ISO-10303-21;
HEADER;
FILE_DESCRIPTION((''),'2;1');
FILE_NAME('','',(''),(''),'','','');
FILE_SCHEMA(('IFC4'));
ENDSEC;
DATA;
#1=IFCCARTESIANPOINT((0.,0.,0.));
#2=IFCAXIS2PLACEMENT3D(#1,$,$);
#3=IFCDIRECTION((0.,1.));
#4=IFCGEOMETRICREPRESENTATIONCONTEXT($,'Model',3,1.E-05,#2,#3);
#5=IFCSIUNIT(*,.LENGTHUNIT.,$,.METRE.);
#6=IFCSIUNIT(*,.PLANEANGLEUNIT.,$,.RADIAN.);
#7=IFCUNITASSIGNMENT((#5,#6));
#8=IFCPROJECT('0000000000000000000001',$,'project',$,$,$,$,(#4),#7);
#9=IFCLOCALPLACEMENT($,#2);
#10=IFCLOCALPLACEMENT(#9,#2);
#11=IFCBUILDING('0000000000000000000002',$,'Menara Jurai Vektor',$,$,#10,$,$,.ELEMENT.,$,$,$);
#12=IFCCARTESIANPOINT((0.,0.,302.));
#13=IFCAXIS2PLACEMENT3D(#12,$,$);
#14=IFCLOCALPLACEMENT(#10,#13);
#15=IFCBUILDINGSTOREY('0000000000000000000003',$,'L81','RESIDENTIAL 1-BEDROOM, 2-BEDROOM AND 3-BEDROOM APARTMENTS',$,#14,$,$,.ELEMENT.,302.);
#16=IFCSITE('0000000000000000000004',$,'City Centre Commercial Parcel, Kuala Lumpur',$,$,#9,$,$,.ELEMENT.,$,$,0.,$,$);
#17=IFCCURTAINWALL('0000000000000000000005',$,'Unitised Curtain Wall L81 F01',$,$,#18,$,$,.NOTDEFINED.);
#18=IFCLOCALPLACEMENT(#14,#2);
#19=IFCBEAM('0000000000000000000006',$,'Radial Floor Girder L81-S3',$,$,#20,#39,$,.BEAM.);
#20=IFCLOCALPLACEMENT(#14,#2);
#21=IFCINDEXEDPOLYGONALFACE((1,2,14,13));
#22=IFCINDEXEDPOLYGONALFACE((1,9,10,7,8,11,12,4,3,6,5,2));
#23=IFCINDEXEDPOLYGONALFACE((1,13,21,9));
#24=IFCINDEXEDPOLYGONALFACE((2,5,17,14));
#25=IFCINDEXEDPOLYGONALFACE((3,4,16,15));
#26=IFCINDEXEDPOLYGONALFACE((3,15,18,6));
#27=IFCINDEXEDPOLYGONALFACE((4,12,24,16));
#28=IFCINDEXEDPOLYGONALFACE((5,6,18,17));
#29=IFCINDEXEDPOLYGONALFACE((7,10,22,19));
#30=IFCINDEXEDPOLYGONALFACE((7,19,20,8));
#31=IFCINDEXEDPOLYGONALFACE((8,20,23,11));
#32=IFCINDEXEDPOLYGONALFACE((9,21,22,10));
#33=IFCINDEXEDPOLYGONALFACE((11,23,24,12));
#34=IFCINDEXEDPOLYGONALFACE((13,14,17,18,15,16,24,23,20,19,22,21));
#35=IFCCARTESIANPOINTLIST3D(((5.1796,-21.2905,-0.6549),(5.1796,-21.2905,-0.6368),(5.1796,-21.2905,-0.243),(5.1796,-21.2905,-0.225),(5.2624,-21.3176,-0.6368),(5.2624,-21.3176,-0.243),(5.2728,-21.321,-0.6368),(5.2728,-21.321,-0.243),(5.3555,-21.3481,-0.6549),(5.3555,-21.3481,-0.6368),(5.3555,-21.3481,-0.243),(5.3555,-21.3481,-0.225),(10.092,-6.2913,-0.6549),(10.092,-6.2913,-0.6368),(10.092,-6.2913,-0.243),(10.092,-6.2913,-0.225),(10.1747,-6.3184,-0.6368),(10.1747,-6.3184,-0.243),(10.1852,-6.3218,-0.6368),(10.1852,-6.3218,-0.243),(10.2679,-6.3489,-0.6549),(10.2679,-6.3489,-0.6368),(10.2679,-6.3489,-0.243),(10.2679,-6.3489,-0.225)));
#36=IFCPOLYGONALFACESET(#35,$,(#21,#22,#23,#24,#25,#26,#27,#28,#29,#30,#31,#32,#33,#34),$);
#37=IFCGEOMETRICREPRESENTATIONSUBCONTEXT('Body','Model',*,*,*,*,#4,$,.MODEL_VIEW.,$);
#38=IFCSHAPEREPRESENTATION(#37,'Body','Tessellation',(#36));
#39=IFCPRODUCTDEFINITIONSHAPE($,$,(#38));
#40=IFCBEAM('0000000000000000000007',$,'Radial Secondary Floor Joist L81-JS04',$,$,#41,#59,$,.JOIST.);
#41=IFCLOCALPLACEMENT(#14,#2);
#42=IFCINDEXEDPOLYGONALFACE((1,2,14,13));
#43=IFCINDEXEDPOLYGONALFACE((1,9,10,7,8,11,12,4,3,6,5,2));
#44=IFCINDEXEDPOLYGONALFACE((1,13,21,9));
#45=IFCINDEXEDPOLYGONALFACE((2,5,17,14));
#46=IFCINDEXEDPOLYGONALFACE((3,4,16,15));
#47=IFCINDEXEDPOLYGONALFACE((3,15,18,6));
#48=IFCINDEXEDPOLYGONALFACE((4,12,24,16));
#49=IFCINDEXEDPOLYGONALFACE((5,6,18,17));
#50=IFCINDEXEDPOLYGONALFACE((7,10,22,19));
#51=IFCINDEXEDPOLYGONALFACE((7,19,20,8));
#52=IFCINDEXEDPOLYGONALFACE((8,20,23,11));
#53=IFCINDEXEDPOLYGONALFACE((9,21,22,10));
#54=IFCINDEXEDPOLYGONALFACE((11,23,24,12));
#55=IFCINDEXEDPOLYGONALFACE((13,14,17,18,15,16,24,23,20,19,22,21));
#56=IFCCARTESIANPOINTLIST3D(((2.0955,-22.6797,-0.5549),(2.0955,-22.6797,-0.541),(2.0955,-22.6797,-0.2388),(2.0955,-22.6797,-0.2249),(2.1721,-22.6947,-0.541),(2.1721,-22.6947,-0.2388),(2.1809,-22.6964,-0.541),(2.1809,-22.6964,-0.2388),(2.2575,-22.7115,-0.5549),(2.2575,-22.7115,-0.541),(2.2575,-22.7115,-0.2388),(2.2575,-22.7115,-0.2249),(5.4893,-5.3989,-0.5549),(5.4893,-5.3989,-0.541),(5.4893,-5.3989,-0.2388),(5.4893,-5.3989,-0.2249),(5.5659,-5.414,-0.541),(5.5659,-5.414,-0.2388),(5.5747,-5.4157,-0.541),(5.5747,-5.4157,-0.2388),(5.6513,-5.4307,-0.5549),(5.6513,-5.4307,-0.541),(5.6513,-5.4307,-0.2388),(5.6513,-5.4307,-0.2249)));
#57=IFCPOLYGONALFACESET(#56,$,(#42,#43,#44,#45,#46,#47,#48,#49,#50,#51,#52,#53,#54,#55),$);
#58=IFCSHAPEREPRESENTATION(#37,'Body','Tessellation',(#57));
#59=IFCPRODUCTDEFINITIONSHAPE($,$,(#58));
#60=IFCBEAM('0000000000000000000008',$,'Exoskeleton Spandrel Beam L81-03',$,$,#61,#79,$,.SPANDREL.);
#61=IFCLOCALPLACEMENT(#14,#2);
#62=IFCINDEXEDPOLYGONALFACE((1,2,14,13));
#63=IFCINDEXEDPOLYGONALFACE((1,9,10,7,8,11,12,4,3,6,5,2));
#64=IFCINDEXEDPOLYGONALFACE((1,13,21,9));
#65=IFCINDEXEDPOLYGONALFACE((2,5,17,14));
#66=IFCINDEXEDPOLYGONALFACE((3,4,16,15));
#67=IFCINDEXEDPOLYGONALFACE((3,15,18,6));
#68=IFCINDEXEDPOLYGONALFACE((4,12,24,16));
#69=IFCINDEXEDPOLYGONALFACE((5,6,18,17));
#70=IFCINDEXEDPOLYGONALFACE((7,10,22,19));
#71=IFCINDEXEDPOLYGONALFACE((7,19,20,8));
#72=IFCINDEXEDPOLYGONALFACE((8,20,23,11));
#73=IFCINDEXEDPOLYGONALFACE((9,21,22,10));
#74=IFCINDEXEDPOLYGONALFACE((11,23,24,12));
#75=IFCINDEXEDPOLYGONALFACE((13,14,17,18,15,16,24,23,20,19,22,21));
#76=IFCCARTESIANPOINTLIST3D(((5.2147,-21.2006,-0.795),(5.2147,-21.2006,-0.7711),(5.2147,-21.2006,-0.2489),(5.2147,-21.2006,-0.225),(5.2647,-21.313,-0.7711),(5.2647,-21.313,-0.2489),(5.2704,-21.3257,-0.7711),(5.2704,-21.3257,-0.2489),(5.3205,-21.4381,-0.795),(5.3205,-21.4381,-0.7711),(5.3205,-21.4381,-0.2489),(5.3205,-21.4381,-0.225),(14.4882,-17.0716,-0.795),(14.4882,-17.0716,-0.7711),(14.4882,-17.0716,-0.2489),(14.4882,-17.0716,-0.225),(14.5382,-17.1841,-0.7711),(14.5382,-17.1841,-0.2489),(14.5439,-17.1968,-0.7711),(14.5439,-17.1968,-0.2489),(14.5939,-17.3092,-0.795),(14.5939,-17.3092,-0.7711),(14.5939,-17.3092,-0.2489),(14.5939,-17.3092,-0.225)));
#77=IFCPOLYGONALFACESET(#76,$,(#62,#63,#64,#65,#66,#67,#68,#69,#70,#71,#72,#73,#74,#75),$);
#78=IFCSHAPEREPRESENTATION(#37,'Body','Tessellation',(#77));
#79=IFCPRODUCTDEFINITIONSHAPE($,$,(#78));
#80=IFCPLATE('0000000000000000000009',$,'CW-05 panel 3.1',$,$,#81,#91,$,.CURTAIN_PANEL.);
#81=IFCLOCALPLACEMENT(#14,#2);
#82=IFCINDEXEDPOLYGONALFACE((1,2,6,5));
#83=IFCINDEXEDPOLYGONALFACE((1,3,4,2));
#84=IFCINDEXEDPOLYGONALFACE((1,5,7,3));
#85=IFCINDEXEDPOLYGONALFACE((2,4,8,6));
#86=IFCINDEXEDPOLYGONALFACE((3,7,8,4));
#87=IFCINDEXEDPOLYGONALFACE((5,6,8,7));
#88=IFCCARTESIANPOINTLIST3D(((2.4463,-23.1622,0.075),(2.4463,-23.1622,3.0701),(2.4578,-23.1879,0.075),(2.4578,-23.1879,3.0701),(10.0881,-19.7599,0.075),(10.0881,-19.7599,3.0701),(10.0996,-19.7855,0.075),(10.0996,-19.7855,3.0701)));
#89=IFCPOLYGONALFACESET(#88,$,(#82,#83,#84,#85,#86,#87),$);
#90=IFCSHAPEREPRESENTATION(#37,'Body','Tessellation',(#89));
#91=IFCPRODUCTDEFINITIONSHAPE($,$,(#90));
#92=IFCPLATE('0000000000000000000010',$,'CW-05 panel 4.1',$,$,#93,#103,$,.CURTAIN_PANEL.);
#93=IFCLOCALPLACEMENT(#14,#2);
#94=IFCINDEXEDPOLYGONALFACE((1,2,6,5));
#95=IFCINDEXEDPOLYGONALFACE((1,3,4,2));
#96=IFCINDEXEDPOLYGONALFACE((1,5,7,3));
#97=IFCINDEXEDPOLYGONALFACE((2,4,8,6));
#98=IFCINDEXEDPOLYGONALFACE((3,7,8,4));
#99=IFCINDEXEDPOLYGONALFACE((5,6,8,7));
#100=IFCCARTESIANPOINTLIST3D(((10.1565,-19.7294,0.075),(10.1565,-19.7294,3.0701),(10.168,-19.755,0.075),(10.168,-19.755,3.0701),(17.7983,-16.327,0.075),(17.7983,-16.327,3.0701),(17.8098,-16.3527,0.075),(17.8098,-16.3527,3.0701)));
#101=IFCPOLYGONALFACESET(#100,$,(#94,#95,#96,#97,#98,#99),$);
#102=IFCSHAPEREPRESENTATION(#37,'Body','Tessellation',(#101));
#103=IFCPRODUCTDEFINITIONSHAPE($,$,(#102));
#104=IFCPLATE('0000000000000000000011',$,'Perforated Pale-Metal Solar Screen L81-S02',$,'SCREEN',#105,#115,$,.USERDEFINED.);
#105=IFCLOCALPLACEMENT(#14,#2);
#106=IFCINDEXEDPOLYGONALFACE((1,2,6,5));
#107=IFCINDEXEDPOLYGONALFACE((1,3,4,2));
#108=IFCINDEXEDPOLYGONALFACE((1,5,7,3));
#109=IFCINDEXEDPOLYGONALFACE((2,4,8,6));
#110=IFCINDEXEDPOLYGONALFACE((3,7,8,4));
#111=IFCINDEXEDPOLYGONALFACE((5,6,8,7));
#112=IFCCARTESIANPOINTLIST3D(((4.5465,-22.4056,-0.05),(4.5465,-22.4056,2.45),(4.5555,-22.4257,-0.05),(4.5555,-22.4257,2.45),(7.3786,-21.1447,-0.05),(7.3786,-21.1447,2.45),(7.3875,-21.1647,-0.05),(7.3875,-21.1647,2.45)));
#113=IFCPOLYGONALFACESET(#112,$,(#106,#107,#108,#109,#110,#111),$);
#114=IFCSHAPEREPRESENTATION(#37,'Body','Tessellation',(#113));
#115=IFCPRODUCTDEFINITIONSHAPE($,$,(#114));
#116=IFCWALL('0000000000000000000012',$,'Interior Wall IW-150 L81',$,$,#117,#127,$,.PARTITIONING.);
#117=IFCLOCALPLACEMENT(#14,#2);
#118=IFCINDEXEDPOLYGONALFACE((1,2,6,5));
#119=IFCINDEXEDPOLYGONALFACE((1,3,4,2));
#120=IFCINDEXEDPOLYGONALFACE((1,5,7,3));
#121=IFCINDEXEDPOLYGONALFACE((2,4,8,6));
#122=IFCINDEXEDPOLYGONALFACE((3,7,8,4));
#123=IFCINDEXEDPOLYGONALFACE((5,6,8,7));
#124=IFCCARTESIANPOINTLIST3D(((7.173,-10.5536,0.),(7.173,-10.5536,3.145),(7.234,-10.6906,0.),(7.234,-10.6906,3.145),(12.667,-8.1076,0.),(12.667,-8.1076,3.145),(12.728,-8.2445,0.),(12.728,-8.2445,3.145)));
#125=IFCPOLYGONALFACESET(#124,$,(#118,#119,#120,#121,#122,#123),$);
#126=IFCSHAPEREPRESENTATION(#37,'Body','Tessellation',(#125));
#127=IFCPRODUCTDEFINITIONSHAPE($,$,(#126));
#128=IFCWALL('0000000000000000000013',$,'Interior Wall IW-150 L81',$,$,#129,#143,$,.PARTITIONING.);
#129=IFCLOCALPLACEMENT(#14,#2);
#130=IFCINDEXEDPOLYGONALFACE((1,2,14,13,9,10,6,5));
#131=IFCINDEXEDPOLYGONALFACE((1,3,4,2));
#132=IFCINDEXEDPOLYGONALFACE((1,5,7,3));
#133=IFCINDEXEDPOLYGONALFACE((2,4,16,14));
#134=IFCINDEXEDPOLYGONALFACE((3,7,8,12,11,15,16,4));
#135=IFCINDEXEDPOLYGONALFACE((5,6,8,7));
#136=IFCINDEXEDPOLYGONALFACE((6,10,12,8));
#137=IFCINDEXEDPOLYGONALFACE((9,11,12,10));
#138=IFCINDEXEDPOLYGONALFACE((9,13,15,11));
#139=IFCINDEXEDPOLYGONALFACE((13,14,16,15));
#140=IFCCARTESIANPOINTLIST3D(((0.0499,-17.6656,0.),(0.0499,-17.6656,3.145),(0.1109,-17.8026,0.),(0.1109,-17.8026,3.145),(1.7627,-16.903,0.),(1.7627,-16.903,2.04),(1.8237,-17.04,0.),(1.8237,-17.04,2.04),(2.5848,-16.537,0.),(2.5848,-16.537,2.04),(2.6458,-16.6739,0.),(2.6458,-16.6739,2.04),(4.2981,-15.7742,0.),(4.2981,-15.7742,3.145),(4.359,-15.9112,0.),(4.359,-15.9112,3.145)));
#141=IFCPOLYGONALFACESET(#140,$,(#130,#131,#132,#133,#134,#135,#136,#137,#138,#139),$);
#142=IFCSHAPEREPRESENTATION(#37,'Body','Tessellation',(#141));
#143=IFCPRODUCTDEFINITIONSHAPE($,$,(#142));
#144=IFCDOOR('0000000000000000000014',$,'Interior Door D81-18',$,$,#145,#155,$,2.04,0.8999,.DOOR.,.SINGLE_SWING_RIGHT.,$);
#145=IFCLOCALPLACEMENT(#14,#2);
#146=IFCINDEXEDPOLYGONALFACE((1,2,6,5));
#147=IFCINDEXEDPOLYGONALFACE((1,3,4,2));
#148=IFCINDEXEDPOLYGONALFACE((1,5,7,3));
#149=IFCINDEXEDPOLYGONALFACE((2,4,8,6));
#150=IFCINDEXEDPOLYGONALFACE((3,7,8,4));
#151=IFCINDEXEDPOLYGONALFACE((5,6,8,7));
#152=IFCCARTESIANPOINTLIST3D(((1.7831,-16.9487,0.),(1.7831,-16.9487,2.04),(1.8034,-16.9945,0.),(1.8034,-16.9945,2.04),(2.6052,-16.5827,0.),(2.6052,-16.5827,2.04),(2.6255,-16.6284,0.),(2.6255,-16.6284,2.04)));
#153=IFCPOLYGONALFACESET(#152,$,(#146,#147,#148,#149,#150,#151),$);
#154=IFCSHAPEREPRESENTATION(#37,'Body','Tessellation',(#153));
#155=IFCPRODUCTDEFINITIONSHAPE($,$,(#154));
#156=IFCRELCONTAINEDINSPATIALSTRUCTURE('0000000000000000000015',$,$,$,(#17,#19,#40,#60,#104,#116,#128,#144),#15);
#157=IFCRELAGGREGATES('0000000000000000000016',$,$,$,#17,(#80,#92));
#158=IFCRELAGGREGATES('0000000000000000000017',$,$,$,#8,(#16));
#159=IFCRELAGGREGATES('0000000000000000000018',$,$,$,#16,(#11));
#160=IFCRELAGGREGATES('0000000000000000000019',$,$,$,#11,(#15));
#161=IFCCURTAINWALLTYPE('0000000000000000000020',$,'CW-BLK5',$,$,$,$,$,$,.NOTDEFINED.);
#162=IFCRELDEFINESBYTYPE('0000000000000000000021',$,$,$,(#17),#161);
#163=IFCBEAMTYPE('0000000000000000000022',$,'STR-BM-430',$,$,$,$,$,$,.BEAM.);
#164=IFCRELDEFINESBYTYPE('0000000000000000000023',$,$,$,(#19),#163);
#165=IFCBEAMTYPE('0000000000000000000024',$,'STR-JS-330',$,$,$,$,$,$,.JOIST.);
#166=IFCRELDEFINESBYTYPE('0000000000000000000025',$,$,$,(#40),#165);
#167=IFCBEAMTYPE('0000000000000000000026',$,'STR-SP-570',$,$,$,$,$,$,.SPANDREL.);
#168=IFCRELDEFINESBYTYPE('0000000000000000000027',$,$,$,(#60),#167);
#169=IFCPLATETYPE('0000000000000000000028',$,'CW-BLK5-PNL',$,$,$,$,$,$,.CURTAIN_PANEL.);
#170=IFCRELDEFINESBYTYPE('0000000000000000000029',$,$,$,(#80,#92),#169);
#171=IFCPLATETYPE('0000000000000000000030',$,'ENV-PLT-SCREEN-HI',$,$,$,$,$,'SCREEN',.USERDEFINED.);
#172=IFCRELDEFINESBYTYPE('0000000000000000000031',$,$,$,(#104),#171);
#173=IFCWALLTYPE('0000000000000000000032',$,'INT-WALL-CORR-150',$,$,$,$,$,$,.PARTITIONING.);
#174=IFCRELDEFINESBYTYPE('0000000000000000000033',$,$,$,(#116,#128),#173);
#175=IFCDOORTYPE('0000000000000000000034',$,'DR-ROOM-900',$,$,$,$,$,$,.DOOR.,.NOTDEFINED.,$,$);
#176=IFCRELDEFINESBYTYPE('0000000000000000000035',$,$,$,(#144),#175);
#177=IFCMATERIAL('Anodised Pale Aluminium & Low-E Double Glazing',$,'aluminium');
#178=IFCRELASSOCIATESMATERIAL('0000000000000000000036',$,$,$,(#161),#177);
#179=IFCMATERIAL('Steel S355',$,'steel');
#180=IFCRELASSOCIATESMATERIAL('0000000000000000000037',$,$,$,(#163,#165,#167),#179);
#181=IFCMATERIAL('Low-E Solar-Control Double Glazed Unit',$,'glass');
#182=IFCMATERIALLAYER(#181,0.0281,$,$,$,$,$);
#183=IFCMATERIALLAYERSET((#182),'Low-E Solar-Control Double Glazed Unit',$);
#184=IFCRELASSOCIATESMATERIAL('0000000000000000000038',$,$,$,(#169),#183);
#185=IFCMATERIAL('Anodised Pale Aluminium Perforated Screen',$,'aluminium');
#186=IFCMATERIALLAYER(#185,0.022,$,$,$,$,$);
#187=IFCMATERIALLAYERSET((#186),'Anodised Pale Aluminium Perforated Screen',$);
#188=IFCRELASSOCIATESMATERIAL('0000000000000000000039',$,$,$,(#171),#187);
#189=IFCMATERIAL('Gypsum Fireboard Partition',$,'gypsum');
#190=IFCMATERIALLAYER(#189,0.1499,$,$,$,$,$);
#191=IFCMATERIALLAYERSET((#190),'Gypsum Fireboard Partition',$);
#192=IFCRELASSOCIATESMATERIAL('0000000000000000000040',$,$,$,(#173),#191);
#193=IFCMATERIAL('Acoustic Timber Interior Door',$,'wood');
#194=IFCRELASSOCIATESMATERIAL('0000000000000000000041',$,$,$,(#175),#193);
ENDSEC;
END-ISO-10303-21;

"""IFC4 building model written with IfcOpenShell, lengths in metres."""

from ifc_helpers import new_model, si_unit, direction, frame, frame_2d, origin, origin_2d, place, context, subcontext, project, spatial, rectangle, i_section, extrude, material, layer, layer_set, material_profile, profile_set, type_object, element, fill, aggregate, save


model = new_model("IFC4")

# Units and contexts
model_context = context("Model", 3, precision=1e-05, world=origin(), true_north=direction((0.0, 1.0)))
body_context = subcontext(model_context, "Body", "Model", "MODEL_VIEW")
ifc_project = project(units=[si_unit("LENGTHUNIT", "METRE"), si_unit("PLANEANGLEUNIT", "RADIAN")], contexts=[model_context])

# Site, building, storey
site_placement = place(None, origin())
site = spatial("IfcSite", under=ifc_project, at=site_placement, Name="City Centre Commercial Parcel, Kuala Lumpur", CompositionType="ELEMENT", RefElevation=0.0)
building_placement = place(site_placement, origin())
building = spatial("IfcBuilding", under=site, at=building_placement, Name="Menara Jurai Vektor", CompositionType="ELEMENT")
storey_placement = place(building_placement, frame((0.0, 0.0, 302.0)))
storey = spatial("IfcBuildingStorey", under=building, at=storey_placement, Name="L81", Description="RESIDENTIAL 1-BEDROOM, 2-BEDROOM AND 3-BEDROOM APARTMENTS", CompositionType="ELEMENT", Elevation=302.0)

# Curtain wall
ifc_material_1 = material(Name="Anodised Pale Aluminium & Low-E Double Glazing", Category="aluminium")
curtain_wall_type = type_object("IfcCurtainWallType", Name="CW-BLK5", PredefinedType="NOTDEFINED", material=ifc_material_1)
curtain_wall_placement = place(storey_placement, origin())
curtain_wall = element("IfcCurtainWall", 1, at=curtain_wall_placement, inside=storey, type_object=curtain_wall_type, Name="Unitised Curtain Wall L81 F01", PredefinedType="NOTDEFINED")

# Beams
ifc_material_2 = material(Name="Steel S355", Category="steel")
ifc_material_profile_1 = material_profile(ifc_material_2, i_section(OverallWidth=0.1851, OverallDepth=0.4299, WebThickness=0.011, FlangeThickness=0.0181, at=origin_2d()), Name="PG 430x185x76")
ifc_profile_set_1 = profile_set([ifc_material_profile_1], Name="Steel S355")
beam_type_1 = type_object("IfcBeamType", Name="STR-BM-430", PredefinedType="BEAM", material=ifc_profile_set_1)
beam_1_placement = place(storey_placement, frame((5.2676, -21.3193, -0.4399), z_axis=(0.311239, 0.950332, 0.0), x_axis=(-0.950332, 0.311239, 0.0)))
element("IfcBeam", 2, at=beam_1_placement, inside=storey, type_object=beam_type_1, Name="Radial Floor Girder L81-S3", PredefinedType="BEAM", context=body_context, shape_type="SweptSolid", body=[
    extrude(i_section(OverallWidth=0.1851, OverallDepth=0.4299, WebThickness=0.011, FlangeThickness=0.0181, at=origin_2d()), origin(), (0.0, 0.0, 1.0), 15.7832),
])
ifc_material_profile_2 = material_profile(ifc_material_2, i_section(OverallWidth=0.165, OverallDepth=0.3301, WebThickness=0.009, FlangeThickness=0.0139, at=origin_2d()), Name="PG 330x165x46")
ifc_profile_set_2 = profile_set([ifc_material_profile_2], Name="Steel S355")
beam_type_2 = type_object("IfcBeamType", Name="STR-JS-330", PredefinedType="JOIST", material=ifc_profile_set_2)
beam_2_placement = place(storey_placement, frame((2.1765, -22.6956, -0.3899), z_axis=(0.192711, 0.981256, 0.0), x_axis=(-0.981256, 0.192711, 0.0)))
element("IfcBeam", 3, at=beam_2_placement, inside=storey, type_object=beam_type_2, Name="Radial Secondary Floor Joist L81-JS04", PredefinedType="JOIST", context=body_context, shape_type="SweptSolid", body=[
    extrude(i_section(OverallWidth=0.165, OverallDepth=0.3301, WebThickness=0.009, FlangeThickness=0.0139, at=origin_2d()), origin(), (0.0, 0.0, 1.0), 17.6108),
])
ifc_material_profile_3 = material_profile(ifc_material_2, i_section(OverallWidth=0.26, OverallDepth=0.5701, WebThickness=0.0139, FlangeThickness=0.0239, at=origin_2d()), Name="PG 570x260x145")
ifc_profile_set_3 = profile_set([ifc_material_profile_3], Name="Steel S355")
beam_type_3 = type_object("IfcBeamType", Name="STR-SP-570", PredefinedType="SPANDREL", material=ifc_profile_set_3)
beam_3_placement = place(storey_placement, frame((5.2676, -21.3193, -0.51), z_axis=(0.913542, 0.406745, 0.0), x_axis=(-0.406745, 0.913542, 0.0)))
element("IfcBeam", 4, at=beam_3_placement, inside=storey, type_object=beam_type_3, Name="Exoskeleton Spandrel Beam L81-03", PredefinedType="SPANDREL", context=body_context, shape_type="SweptSolid", body=[
    extrude(i_section(OverallWidth=0.26, OverallDepth=0.5701, WebThickness=0.0139, FlangeThickness=0.0239, at=origin_2d()), origin(), (0.0, 0.0, 1.0), 10.1511),
])

# Plates
ifc_material_3 = material(Name="Low-E Solar-Control Double Glazed Unit", Category="glass")
ifc_layer_1 = layer(ifc_material_3, 0.0281)
ifc_layer_set_1 = layer_set([ifc_layer_1], Name="Low-E Solar-Control Double Glazed Unit")
plate_type_1 = type_object("IfcPlateType", Name="CW-BLK5-PNL", PredefinedType="CURTAIN_PANEL", material=ifc_layer_set_1)
plate_1_placement = place(storey_placement, frame((6.2729, -21.4739, 0.075), z_axis=(0.0, 0.0, 1.0), x_axis=(0.913546, 0.406735, 0.0)))
plate_1 = element("IfcPlate", 5, at=plate_1_placement, type_object=plate_type_1, Name="CW-05 panel 3.1", PredefinedType="CURTAIN_PANEL", context=body_context, shape_type="SweptSolid", body=[
    extrude(rectangle(XDim=8.365, YDim=0.0281, at=origin_2d()), origin(), (0.0, 0.0, 1.0), 2.9951),
])
plate_2_placement = place(storey_placement, frame((13.9832, -18.041, 0.075), z_axis=(0.0, 0.0, 1.0), x_axis=(0.913546, 0.406735, 0.0)))
plate_2 = element("IfcPlate", 6, at=plate_2_placement, type_object=plate_type_1, Name="CW-05 panel 4.1", PredefinedType="CURTAIN_PANEL", context=body_context, shape_type="SweptSolid", body=[
    extrude(rectangle(XDim=8.365, YDim=0.0281, at=origin_2d()), origin(), (0.0, 0.0, 1.0), 2.9951),
])
aggregate(curtain_wall, [plate_1, plate_2])
ifc_material_4 = material(Name="Anodised Pale Aluminium Perforated Screen", Category="aluminium")
ifc_layer_2 = layer(ifc_material_4, 0.022)
ifc_layer_set_2 = layer_set([ifc_layer_2], Name="Anodised Pale Aluminium Perforated Screen")
plate_type_2 = type_object("IfcPlateType", Name="ENV-PLT-SCREEN-HI", ElementType="SCREEN", PredefinedType="USERDEFINED", material=ifc_layer_set_2)
plate_3_placement = place(storey_placement, frame((5.967, -21.7852, -0.05), z_axis=(0.0, 0.0, 1.0), x_axis=(0.913545, 0.406737, 0.0)))
element("IfcPlate", 7, at=plate_3_placement, inside=storey, type_object=plate_type_2, Name="Perforated Pale-Metal Solar Screen L81-S02", ObjectType="SCREEN", PredefinedType="USERDEFINED", context=body_context, shape_type="SweptSolid", body=[
    extrude(rectangle(XDim=3.1001, YDim=0.022, at=origin_2d()), origin(), (0.0, 0.0, 1.0), 2.5),
])

# Wall
ifc_material_5 = material(Name="Gypsum Fireboard Partition", Category="gypsum")
ifc_layer_3 = layer(ifc_material_5, 0.1499)
ifc_layer_set_3 = layer_set([ifc_layer_3], Name="Gypsum Fireboard Partition")
wall_type_1 = type_object("IfcWallType", Name="INT-WALL-CORR-150", PredefinedType="PARTITIONING", material=ifc_layer_set_3)
wall_1_placement = place(storey_placement, frame((7.2036, -10.6221, 0.0), z_axis=(0.0, 0.0, 1.0), x_axis=(0.913545, 0.406737, 0.0)))
element("IfcWall", 8, at=wall_1_placement, inside=storey, type_object=wall_type_1, Name="Interior Wall IW-150 L81", PredefinedType="PARTITIONING", context=body_context, shape_type="SweptSolid", body=[
    extrude(rectangle(XDim=6.0139, YDim=0.1499, at=frame_2d((3.0068, 0.0))), origin(), (0.0, 0.0, 1.0), 3.145),
])

# Wall, opening, door
wall_2_placement = place(storey_placement, frame((0.0803, -17.7341, 0.0), z_axis=(0.0, 0.0, 1.0), x_axis=(0.913545, 0.406738, 0.0)))
wall_2 = element("IfcWall", 9, at=wall_2_placement, inside=storey, type_object=wall_type_1, Name="Interior Wall IW-150 L81", PredefinedType="PARTITIONING", context=body_context, shape_type="SweptSolid", body=[
    extrude(rectangle(XDim=4.6501, YDim=0.1499, at=frame_2d((2.3252, 0.0))), origin(), (0.0, 0.0, 1.0), 3.145),
])
opening_1_placement = place(wall_2_placement, frame((1.875, 0.0, 0.0)))
opening_1 = element("IfcOpeningElement", 10, at=opening_1_placement, cuts=wall_2, PredefinedType="OPENING", context=body_context, shape_type="SweptSolid", body=[
    extrude(rectangle(XDim=0.8999, YDim=2.04, at=frame_2d((0.45, 1.02))), frame((0.0, 0.085, 0.0), z_axis=(0.0, -1.0, 0.0), x_axis=(1.0, 0.0, 0.0)), (0.0, 0.0, 1.0), 0.1699),
])
ifc_material_6 = material(Name="Acoustic Timber Interior Door", Category="wood")
door_type = type_object("IfcDoorType", Name="DR-ROOM-900", OperationType="NOTDEFINED", PredefinedType="DOOR", material=ifc_material_6)
door_1_placement = place(opening_1_placement, origin())
door_1 = element("IfcDoor", 11, at=door_1_placement, inside=storey, type_object=door_type, Name="Interior Door D81-18", OperationType="SINGLE_SWING_RIGHT", OverallHeight=2.04, OverallWidth=0.8999, PredefinedType="DOOR", context=body_context, shape_type="SweptSolid", body=[
    extrude(rectangle(XDim=0.8999, YDim=2.04, at=frame_2d((0.45, 1.02))), frame((0.0, 0.0249, 0.0), z_axis=(0.0, -1.0, 0.0), x_axis=(1.0, 0.0, 0.0)), (0.0, 0.0, 1.0), 0.05),
])
fill(opening_1, door_1)

save(model, "model.ifc")
